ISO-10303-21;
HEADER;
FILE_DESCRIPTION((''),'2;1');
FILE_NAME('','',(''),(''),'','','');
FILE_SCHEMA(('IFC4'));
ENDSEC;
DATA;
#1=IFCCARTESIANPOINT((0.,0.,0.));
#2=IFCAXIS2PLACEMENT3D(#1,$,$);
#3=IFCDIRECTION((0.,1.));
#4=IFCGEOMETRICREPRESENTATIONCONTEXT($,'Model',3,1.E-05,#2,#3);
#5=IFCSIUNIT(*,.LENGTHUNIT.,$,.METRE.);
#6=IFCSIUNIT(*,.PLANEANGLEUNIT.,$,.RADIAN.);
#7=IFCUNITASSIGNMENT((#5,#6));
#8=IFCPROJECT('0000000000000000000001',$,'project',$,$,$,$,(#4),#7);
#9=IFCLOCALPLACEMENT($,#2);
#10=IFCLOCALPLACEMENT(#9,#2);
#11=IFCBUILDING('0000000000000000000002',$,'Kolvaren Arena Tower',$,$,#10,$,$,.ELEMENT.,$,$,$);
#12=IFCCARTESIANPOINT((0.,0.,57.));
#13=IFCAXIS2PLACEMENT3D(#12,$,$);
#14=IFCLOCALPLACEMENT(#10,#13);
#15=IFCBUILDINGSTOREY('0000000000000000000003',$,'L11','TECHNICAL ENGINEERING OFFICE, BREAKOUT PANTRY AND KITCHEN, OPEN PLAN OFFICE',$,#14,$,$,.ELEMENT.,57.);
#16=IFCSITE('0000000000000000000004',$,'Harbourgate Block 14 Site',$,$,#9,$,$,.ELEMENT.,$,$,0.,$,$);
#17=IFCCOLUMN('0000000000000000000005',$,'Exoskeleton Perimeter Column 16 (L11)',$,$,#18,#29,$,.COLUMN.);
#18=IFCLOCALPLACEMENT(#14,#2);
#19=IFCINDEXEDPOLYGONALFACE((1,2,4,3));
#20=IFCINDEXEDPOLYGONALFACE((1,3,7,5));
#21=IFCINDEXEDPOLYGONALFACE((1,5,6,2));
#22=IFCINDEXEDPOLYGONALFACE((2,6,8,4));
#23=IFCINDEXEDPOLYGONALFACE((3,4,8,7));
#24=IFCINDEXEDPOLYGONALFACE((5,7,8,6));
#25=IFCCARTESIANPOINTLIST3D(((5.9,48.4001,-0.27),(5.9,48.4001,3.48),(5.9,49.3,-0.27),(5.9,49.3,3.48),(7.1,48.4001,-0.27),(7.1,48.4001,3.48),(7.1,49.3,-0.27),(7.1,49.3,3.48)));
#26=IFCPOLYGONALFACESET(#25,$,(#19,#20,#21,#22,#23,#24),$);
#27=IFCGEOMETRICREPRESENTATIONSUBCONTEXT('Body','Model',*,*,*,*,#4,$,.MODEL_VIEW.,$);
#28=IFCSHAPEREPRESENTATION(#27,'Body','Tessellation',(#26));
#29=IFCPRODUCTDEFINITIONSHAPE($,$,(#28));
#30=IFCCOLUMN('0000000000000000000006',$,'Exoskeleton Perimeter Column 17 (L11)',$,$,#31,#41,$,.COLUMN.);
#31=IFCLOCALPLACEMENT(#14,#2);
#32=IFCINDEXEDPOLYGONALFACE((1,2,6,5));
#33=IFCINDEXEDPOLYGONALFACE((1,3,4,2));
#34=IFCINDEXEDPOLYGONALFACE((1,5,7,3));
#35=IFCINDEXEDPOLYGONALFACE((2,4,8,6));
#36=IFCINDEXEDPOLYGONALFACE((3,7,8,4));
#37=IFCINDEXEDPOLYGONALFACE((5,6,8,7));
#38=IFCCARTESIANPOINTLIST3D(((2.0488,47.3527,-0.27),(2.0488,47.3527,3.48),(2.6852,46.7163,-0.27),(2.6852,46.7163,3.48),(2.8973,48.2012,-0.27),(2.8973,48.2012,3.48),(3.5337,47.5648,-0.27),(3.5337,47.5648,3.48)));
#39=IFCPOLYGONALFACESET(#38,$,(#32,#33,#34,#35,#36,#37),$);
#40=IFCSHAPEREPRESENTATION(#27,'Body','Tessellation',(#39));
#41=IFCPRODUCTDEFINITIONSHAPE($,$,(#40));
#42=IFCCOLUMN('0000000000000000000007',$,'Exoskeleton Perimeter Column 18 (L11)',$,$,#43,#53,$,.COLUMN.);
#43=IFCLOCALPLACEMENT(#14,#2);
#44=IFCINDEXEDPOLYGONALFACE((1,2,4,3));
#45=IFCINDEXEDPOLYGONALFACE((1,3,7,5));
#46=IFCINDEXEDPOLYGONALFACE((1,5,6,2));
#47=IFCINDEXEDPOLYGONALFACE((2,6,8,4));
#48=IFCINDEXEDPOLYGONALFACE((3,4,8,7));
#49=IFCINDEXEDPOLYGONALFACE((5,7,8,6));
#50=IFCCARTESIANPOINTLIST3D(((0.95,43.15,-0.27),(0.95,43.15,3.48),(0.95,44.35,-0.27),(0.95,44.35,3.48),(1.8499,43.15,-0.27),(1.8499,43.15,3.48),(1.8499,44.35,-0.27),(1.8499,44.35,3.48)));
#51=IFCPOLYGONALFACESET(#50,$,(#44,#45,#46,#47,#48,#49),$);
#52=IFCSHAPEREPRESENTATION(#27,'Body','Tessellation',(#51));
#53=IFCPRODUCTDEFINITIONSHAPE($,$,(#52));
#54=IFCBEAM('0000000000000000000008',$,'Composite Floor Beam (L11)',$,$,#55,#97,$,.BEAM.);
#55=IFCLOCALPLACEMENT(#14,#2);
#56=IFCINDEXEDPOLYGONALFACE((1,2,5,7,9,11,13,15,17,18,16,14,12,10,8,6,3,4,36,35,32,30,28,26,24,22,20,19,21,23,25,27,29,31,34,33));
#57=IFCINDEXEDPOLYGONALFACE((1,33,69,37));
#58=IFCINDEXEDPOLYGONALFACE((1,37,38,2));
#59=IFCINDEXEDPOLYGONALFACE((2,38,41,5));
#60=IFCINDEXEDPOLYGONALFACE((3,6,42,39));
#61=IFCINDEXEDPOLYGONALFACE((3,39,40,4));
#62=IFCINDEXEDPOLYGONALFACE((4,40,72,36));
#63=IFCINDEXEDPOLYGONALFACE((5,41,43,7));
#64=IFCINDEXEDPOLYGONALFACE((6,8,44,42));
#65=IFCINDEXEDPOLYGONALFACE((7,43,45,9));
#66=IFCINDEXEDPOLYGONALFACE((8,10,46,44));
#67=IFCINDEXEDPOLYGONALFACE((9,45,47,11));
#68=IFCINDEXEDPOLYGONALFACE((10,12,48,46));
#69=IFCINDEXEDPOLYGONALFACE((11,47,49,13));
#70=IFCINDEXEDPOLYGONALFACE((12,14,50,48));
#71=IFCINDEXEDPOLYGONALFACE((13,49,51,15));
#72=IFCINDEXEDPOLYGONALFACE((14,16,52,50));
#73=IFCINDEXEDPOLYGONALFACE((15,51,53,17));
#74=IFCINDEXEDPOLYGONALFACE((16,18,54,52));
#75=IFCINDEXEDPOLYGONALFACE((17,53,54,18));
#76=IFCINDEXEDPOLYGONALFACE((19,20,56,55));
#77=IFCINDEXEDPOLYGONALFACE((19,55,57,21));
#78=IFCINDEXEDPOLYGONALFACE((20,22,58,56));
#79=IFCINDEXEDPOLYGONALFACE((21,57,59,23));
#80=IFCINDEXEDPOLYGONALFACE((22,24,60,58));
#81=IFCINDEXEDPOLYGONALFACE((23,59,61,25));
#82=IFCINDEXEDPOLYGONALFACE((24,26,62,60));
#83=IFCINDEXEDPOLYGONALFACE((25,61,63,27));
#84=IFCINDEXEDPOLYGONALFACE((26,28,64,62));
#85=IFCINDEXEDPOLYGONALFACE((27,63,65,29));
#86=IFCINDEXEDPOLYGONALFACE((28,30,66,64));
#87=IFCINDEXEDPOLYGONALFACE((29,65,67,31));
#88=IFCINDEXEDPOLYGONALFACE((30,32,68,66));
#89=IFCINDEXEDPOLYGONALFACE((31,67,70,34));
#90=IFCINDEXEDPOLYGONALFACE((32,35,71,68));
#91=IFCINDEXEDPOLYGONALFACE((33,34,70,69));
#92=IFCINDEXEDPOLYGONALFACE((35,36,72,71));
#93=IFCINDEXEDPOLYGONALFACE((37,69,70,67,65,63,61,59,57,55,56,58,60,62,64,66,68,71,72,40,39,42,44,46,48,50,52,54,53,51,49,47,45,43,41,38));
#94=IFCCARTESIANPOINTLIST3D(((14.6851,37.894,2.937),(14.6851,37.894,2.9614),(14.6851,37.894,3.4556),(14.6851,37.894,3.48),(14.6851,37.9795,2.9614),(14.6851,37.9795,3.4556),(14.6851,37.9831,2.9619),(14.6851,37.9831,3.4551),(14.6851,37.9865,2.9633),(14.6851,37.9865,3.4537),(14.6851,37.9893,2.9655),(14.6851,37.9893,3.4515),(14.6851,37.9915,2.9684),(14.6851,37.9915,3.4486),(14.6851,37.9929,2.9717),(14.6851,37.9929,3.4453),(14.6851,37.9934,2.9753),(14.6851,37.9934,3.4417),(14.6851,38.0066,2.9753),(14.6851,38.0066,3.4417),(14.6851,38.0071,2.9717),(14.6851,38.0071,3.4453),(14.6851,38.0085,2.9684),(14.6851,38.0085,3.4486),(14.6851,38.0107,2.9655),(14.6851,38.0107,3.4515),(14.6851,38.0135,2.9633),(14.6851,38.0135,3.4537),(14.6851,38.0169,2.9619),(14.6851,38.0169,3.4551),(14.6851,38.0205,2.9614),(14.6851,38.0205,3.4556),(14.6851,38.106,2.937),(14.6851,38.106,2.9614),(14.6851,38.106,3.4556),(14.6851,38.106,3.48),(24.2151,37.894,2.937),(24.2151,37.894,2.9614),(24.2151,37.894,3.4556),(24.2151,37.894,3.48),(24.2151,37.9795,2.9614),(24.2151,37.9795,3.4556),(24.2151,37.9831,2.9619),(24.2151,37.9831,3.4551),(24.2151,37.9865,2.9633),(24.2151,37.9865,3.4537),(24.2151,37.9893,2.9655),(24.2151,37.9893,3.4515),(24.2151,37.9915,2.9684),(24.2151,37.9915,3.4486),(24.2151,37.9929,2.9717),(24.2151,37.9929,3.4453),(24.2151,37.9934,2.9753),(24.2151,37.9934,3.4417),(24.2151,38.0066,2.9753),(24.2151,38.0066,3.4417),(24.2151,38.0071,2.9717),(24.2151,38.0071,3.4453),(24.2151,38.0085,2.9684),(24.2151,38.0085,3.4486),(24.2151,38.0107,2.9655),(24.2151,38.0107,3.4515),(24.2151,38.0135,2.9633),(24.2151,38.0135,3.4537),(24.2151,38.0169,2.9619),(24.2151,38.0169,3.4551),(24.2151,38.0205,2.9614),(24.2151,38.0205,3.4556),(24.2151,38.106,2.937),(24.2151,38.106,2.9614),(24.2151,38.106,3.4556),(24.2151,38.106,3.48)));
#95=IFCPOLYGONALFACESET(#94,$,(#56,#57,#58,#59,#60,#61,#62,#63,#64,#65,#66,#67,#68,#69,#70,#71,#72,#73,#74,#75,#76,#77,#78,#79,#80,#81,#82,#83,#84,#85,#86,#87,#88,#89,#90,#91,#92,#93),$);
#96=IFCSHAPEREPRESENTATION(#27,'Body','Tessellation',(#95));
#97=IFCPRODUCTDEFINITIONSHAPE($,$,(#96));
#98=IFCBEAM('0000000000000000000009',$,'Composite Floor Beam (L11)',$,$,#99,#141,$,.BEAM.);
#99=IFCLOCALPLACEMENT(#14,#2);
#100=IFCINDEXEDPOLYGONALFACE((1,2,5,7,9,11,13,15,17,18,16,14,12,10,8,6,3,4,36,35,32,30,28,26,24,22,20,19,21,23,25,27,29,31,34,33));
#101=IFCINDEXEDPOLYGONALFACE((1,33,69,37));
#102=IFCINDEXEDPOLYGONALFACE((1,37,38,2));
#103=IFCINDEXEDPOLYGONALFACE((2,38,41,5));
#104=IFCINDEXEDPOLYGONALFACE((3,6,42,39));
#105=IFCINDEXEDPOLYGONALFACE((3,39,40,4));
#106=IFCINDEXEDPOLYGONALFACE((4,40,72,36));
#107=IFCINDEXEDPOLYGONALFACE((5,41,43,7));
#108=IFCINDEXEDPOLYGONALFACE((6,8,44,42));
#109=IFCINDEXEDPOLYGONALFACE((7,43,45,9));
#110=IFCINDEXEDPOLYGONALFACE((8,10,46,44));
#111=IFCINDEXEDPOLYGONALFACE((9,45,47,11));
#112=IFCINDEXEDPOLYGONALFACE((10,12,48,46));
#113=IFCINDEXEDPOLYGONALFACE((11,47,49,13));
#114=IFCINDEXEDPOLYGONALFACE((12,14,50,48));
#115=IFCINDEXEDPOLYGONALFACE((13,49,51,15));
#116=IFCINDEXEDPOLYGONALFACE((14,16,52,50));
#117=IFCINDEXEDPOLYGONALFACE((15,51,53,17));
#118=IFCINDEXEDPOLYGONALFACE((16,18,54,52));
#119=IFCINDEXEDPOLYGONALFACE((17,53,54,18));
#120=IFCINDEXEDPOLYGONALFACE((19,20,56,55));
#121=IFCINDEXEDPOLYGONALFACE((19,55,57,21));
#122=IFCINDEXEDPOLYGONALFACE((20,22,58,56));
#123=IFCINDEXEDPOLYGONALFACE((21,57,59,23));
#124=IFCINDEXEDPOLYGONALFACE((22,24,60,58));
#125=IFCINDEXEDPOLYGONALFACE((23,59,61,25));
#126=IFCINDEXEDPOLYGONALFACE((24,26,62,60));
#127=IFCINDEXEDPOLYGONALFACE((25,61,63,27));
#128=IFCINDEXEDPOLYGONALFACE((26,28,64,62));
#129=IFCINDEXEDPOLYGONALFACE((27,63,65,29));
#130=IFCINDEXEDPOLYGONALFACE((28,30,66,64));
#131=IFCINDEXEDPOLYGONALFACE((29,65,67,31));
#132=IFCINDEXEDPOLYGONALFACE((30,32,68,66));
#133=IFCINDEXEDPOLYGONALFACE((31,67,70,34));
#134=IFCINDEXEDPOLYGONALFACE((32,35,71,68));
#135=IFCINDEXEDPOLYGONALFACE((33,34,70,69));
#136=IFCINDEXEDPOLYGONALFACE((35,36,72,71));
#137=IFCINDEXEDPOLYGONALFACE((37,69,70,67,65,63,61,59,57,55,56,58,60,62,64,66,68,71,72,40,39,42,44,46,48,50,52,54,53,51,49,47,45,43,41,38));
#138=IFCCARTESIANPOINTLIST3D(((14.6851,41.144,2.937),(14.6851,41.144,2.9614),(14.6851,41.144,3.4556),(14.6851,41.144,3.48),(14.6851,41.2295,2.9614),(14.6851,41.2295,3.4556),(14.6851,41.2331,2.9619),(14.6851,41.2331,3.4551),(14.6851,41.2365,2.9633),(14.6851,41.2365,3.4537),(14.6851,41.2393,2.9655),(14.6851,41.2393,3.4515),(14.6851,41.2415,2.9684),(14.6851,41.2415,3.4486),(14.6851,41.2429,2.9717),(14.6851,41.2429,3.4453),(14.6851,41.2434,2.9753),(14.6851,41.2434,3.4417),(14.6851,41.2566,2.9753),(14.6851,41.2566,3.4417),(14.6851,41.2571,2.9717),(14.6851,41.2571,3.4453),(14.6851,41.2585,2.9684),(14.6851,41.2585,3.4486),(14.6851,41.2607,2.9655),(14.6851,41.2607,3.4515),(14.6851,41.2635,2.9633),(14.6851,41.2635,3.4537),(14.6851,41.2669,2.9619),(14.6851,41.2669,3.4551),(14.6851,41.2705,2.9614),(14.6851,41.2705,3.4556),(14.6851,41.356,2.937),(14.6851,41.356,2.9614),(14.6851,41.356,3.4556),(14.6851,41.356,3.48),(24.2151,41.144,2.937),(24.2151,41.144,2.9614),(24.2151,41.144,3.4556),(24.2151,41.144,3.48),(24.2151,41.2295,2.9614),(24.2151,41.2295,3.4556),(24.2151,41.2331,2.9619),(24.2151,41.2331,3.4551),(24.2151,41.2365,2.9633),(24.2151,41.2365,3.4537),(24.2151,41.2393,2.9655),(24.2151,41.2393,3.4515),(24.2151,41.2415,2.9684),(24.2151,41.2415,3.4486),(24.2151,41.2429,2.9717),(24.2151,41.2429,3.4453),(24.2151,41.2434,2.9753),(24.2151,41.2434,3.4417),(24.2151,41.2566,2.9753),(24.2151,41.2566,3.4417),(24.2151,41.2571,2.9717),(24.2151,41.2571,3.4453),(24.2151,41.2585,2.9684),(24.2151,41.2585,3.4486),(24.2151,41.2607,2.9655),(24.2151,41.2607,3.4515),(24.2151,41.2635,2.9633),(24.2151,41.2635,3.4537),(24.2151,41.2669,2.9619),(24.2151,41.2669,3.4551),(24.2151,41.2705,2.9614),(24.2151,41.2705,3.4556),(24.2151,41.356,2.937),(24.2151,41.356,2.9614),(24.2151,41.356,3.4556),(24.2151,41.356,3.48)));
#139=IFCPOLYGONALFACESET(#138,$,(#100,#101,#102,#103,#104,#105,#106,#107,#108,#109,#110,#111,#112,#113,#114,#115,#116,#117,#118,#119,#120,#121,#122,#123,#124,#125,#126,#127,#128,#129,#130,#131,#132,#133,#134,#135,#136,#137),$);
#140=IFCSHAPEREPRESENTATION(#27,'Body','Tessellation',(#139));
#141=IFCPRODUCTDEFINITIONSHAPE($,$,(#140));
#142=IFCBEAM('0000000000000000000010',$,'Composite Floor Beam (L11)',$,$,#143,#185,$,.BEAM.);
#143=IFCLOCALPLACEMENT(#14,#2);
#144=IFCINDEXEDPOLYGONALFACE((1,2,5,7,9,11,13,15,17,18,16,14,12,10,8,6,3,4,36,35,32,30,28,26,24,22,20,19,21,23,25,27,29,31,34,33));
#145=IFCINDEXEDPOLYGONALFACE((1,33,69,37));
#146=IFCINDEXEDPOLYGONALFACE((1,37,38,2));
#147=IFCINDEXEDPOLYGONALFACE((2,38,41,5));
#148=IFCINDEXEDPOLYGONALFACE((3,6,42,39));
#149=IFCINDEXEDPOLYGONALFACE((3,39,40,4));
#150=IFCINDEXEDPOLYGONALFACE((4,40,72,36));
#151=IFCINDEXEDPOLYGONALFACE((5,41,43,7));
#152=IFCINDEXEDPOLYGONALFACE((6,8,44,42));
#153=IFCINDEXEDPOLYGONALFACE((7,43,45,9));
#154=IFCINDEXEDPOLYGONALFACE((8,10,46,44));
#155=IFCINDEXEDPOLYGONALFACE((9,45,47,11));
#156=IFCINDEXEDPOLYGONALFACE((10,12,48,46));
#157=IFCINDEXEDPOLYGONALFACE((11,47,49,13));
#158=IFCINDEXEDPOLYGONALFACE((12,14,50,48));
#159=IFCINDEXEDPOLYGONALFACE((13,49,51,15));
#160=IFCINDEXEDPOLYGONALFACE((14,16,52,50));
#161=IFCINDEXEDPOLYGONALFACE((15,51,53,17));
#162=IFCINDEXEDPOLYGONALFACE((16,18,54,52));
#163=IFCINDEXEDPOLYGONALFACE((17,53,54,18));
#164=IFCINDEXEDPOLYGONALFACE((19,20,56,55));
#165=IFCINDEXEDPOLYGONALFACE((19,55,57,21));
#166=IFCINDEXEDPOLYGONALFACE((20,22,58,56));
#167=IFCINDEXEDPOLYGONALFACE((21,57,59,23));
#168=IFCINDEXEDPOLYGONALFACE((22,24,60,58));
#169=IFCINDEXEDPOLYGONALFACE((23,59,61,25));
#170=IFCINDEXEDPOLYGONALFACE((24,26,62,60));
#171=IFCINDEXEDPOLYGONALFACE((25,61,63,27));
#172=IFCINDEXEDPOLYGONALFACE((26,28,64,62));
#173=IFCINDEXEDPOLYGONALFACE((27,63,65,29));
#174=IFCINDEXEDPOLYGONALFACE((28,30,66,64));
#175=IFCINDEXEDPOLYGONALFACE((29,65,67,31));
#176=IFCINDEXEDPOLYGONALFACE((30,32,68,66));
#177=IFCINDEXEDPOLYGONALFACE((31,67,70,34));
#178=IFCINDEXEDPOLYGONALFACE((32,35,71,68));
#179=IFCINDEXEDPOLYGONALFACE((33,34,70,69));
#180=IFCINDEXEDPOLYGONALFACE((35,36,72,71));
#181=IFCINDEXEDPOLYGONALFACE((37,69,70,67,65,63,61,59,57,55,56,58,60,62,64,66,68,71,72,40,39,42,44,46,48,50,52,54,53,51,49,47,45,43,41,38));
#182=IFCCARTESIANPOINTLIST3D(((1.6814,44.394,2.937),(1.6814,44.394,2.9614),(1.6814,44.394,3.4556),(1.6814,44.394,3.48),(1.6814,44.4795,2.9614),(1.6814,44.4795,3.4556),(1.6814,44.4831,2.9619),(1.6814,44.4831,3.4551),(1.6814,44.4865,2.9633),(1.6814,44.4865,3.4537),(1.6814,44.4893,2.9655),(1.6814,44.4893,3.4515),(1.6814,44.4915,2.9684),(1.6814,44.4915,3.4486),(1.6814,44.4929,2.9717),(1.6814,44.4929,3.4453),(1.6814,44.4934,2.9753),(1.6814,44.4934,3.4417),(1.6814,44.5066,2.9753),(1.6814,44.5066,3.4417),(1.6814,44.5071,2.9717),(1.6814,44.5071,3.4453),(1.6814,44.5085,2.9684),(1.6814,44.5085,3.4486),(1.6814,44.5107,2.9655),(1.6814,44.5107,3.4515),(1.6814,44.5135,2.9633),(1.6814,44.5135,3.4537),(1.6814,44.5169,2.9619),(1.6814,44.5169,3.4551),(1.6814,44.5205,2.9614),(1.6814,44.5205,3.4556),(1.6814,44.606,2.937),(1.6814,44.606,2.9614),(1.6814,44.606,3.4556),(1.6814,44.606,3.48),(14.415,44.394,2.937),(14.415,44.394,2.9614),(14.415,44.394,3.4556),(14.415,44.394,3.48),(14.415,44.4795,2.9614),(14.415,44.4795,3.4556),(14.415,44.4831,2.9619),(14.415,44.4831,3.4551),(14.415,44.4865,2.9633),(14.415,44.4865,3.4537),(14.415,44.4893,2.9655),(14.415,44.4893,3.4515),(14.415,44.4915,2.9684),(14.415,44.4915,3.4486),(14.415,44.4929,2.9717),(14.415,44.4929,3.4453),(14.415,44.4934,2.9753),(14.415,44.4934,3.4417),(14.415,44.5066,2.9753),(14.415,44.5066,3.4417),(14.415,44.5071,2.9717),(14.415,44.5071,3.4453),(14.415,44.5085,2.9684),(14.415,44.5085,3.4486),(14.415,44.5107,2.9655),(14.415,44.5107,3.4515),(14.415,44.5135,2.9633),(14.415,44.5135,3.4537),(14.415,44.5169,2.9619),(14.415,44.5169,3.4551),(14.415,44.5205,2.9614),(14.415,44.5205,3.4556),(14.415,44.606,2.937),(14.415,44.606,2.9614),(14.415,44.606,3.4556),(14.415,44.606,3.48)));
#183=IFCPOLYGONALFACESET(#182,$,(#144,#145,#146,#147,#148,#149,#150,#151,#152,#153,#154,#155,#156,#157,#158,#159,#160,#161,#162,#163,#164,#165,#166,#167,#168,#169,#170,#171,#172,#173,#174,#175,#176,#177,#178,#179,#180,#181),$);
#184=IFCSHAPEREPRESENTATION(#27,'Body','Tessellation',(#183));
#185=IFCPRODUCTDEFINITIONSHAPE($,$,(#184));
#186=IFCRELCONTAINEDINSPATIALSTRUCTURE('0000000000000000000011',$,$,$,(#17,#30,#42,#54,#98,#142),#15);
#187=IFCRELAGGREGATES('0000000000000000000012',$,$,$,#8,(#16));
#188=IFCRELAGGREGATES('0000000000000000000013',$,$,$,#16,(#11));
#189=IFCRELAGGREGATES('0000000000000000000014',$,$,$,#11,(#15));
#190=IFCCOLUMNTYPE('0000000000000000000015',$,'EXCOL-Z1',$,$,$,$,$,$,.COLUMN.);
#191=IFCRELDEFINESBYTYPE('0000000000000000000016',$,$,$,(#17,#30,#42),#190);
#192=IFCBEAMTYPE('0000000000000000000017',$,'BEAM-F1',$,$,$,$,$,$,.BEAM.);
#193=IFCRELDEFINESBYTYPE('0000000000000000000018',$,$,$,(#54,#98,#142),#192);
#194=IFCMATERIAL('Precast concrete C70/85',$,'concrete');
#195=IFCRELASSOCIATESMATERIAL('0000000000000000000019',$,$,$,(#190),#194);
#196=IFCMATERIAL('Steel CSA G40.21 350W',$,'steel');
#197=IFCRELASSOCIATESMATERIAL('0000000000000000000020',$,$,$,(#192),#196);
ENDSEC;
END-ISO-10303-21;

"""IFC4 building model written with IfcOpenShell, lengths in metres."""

from ifc_helpers import new_model, si_unit, direction, frame, origin, origin_2d, place, context, subcontext, project, spatial, rectangle, i_section, extrude, material, material_profile, profile_set, type_object, element, save


model = new_model("IFC4")

# Units and contexts
model_context = context("Model", 3, precision=1e-05, world=origin(), true_north=direction((0.0, 1.0)))
body_context = subcontext(model_context, "Body", "Model", "MODEL_VIEW")
ifc_project = project(units=[si_unit("LENGTHUNIT", "METRE"), si_unit("PLANEANGLEUNIT", "RADIAN")], contexts=[model_context])

# Site, building, storey
site_placement = place(None, origin())
site = spatial("IfcSite", under=ifc_project, at=site_placement, Name="Harbourgate Block 14 Site", CompositionType="ELEMENT", RefElevation=0.0)
building_placement = place(site_placement, origin())
building = spatial("IfcBuilding", under=site, at=building_placement, Name="Kolvaren Arena Tower", CompositionType="ELEMENT")
storey_placement = place(building_placement, frame((0.0, 0.0, 57.0)))
storey = spatial("IfcBuildingStorey", under=building, at=storey_placement, Name="L11", Description="TECHNICAL ENGINEERING OFFICE, BREAKOUT PANTRY AND KITCHEN, OPEN PLAN OFFICE", CompositionType="ELEMENT", Elevation=57.0)

# Columns
ifc_material_1 = material(Name="Precast concrete C70/85", Category="concrete")
ifc_material_profile_1 = material_profile(ifc_material_1, rectangle(XDim=1.2, YDim=0.8999, at=origin_2d()), Name="RC-1200x900")
ifc_profile_set_1 = profile_set([ifc_material_profile_1], Name="Precast concrete C70/85")
column_type = type_object("IfcColumnType", Name="EXCOL-Z1", PredefinedType="COLUMN", material=ifc_profile_set_1)
for number, where, z_axis, x_axis, name in (
    (1, (6.5, 48.8501, -0.27), (0.0, 0.0, 1.0), (1.0, 0.0, 0.0), "Exoskeleton Perimeter Column 16 (L11)"),
    (2, (2.7913, 47.4587, -0.27), (0.0, 0.0, 1.0), (0.707107, 0.707107, 0.0), "Exoskeleton Perimeter Column 17 (L11)"),
    (3, (1.3999, 43.75, -0.27), (0.0, 0.0, 1.0), (0.0, 1.0, 0.0), "Exoskeleton Perimeter Column 18 (L11)"),
):
    element("IfcColumn", number, at=place(storey_placement, frame(where, z_axis=z_axis, x_axis=x_axis)), inside=storey, type_object=column_type, Name=name, PredefinedType="COLUMN", context=body_context, shape_type="SweptSolid", body=[
        extrude(rectangle(XDim=1.2, YDim=0.8999, at=origin_2d()), origin(), (0.0, 0.0, 1.0), 3.75),
    ])

# Beams
ifc_material_2 = material(Name="Steel CSA G40.21 350W", Category="steel")
ifc_material_profile_2 = material_profile(ifc_material_2, i_section(OverallWidth=0.2119, OverallDepth=0.543, WebThickness=0.0132, FlangeThickness=0.0244, FilletRadius=0.0139, at=origin_2d()), Name="W530x150")
ifc_profile_set_2 = profile_set([ifc_material_profile_2], Name="Steel CSA G40.21 350W")
beam_type_1 = type_object("IfcBeamType", Name="BEAM-F1", PredefinedType="BEAM", material=ifc_profile_set_2)
for number, where, z_axis, x_axis, name in (
    (4, (14.6851, 38.0, 3.2085), (1.0, 0.0, 0.0), (0.0, 1.0, 0.0), "Composite Floor Beam (L11)"),
    (5, (14.6851, 41.25, 3.2085), (1.0, 0.0, 0.0), (0.0, 1.0, 0.0), "Composite Floor Beam (L11)"),
):
    element("IfcBeam", number, at=place(storey_placement, frame(where, z_axis=z_axis, x_axis=x_axis)), inside=storey, type_object=beam_type_1, Name=name, PredefinedType="BEAM", context=body_context, shape_type="SweptSolid", body=[
        extrude(i_section(OverallWidth=0.2119, OverallDepth=0.543, WebThickness=0.0132, FlangeThickness=0.0244, FilletRadius=0.0139, at=origin_2d()), origin(), (0.0, 0.0, 1.0), 9.53),
    ])
beam_1_placement = place(storey_placement, frame((1.6814, 44.5, 3.2085), z_axis=(1.0, 0.0, 0.0), x_axis=(0.0, 1.0, 0.0)))
element("IfcBeam", 6, at=beam_1_placement, inside=storey, type_object=beam_type_1, Name="Composite Floor Beam (L11)", PredefinedType="BEAM", context=body_context, shape_type="SweptSolid", body=[
    extrude(i_section(OverallWidth=0.2119, OverallDepth=0.543, WebThickness=0.0132, FlangeThickness=0.0244, FilletRadius=0.0139, at=origin_2d()), origin(), (0.0, 0.0, 1.0), 12.7336),
])

save(model, "model.ifc")
